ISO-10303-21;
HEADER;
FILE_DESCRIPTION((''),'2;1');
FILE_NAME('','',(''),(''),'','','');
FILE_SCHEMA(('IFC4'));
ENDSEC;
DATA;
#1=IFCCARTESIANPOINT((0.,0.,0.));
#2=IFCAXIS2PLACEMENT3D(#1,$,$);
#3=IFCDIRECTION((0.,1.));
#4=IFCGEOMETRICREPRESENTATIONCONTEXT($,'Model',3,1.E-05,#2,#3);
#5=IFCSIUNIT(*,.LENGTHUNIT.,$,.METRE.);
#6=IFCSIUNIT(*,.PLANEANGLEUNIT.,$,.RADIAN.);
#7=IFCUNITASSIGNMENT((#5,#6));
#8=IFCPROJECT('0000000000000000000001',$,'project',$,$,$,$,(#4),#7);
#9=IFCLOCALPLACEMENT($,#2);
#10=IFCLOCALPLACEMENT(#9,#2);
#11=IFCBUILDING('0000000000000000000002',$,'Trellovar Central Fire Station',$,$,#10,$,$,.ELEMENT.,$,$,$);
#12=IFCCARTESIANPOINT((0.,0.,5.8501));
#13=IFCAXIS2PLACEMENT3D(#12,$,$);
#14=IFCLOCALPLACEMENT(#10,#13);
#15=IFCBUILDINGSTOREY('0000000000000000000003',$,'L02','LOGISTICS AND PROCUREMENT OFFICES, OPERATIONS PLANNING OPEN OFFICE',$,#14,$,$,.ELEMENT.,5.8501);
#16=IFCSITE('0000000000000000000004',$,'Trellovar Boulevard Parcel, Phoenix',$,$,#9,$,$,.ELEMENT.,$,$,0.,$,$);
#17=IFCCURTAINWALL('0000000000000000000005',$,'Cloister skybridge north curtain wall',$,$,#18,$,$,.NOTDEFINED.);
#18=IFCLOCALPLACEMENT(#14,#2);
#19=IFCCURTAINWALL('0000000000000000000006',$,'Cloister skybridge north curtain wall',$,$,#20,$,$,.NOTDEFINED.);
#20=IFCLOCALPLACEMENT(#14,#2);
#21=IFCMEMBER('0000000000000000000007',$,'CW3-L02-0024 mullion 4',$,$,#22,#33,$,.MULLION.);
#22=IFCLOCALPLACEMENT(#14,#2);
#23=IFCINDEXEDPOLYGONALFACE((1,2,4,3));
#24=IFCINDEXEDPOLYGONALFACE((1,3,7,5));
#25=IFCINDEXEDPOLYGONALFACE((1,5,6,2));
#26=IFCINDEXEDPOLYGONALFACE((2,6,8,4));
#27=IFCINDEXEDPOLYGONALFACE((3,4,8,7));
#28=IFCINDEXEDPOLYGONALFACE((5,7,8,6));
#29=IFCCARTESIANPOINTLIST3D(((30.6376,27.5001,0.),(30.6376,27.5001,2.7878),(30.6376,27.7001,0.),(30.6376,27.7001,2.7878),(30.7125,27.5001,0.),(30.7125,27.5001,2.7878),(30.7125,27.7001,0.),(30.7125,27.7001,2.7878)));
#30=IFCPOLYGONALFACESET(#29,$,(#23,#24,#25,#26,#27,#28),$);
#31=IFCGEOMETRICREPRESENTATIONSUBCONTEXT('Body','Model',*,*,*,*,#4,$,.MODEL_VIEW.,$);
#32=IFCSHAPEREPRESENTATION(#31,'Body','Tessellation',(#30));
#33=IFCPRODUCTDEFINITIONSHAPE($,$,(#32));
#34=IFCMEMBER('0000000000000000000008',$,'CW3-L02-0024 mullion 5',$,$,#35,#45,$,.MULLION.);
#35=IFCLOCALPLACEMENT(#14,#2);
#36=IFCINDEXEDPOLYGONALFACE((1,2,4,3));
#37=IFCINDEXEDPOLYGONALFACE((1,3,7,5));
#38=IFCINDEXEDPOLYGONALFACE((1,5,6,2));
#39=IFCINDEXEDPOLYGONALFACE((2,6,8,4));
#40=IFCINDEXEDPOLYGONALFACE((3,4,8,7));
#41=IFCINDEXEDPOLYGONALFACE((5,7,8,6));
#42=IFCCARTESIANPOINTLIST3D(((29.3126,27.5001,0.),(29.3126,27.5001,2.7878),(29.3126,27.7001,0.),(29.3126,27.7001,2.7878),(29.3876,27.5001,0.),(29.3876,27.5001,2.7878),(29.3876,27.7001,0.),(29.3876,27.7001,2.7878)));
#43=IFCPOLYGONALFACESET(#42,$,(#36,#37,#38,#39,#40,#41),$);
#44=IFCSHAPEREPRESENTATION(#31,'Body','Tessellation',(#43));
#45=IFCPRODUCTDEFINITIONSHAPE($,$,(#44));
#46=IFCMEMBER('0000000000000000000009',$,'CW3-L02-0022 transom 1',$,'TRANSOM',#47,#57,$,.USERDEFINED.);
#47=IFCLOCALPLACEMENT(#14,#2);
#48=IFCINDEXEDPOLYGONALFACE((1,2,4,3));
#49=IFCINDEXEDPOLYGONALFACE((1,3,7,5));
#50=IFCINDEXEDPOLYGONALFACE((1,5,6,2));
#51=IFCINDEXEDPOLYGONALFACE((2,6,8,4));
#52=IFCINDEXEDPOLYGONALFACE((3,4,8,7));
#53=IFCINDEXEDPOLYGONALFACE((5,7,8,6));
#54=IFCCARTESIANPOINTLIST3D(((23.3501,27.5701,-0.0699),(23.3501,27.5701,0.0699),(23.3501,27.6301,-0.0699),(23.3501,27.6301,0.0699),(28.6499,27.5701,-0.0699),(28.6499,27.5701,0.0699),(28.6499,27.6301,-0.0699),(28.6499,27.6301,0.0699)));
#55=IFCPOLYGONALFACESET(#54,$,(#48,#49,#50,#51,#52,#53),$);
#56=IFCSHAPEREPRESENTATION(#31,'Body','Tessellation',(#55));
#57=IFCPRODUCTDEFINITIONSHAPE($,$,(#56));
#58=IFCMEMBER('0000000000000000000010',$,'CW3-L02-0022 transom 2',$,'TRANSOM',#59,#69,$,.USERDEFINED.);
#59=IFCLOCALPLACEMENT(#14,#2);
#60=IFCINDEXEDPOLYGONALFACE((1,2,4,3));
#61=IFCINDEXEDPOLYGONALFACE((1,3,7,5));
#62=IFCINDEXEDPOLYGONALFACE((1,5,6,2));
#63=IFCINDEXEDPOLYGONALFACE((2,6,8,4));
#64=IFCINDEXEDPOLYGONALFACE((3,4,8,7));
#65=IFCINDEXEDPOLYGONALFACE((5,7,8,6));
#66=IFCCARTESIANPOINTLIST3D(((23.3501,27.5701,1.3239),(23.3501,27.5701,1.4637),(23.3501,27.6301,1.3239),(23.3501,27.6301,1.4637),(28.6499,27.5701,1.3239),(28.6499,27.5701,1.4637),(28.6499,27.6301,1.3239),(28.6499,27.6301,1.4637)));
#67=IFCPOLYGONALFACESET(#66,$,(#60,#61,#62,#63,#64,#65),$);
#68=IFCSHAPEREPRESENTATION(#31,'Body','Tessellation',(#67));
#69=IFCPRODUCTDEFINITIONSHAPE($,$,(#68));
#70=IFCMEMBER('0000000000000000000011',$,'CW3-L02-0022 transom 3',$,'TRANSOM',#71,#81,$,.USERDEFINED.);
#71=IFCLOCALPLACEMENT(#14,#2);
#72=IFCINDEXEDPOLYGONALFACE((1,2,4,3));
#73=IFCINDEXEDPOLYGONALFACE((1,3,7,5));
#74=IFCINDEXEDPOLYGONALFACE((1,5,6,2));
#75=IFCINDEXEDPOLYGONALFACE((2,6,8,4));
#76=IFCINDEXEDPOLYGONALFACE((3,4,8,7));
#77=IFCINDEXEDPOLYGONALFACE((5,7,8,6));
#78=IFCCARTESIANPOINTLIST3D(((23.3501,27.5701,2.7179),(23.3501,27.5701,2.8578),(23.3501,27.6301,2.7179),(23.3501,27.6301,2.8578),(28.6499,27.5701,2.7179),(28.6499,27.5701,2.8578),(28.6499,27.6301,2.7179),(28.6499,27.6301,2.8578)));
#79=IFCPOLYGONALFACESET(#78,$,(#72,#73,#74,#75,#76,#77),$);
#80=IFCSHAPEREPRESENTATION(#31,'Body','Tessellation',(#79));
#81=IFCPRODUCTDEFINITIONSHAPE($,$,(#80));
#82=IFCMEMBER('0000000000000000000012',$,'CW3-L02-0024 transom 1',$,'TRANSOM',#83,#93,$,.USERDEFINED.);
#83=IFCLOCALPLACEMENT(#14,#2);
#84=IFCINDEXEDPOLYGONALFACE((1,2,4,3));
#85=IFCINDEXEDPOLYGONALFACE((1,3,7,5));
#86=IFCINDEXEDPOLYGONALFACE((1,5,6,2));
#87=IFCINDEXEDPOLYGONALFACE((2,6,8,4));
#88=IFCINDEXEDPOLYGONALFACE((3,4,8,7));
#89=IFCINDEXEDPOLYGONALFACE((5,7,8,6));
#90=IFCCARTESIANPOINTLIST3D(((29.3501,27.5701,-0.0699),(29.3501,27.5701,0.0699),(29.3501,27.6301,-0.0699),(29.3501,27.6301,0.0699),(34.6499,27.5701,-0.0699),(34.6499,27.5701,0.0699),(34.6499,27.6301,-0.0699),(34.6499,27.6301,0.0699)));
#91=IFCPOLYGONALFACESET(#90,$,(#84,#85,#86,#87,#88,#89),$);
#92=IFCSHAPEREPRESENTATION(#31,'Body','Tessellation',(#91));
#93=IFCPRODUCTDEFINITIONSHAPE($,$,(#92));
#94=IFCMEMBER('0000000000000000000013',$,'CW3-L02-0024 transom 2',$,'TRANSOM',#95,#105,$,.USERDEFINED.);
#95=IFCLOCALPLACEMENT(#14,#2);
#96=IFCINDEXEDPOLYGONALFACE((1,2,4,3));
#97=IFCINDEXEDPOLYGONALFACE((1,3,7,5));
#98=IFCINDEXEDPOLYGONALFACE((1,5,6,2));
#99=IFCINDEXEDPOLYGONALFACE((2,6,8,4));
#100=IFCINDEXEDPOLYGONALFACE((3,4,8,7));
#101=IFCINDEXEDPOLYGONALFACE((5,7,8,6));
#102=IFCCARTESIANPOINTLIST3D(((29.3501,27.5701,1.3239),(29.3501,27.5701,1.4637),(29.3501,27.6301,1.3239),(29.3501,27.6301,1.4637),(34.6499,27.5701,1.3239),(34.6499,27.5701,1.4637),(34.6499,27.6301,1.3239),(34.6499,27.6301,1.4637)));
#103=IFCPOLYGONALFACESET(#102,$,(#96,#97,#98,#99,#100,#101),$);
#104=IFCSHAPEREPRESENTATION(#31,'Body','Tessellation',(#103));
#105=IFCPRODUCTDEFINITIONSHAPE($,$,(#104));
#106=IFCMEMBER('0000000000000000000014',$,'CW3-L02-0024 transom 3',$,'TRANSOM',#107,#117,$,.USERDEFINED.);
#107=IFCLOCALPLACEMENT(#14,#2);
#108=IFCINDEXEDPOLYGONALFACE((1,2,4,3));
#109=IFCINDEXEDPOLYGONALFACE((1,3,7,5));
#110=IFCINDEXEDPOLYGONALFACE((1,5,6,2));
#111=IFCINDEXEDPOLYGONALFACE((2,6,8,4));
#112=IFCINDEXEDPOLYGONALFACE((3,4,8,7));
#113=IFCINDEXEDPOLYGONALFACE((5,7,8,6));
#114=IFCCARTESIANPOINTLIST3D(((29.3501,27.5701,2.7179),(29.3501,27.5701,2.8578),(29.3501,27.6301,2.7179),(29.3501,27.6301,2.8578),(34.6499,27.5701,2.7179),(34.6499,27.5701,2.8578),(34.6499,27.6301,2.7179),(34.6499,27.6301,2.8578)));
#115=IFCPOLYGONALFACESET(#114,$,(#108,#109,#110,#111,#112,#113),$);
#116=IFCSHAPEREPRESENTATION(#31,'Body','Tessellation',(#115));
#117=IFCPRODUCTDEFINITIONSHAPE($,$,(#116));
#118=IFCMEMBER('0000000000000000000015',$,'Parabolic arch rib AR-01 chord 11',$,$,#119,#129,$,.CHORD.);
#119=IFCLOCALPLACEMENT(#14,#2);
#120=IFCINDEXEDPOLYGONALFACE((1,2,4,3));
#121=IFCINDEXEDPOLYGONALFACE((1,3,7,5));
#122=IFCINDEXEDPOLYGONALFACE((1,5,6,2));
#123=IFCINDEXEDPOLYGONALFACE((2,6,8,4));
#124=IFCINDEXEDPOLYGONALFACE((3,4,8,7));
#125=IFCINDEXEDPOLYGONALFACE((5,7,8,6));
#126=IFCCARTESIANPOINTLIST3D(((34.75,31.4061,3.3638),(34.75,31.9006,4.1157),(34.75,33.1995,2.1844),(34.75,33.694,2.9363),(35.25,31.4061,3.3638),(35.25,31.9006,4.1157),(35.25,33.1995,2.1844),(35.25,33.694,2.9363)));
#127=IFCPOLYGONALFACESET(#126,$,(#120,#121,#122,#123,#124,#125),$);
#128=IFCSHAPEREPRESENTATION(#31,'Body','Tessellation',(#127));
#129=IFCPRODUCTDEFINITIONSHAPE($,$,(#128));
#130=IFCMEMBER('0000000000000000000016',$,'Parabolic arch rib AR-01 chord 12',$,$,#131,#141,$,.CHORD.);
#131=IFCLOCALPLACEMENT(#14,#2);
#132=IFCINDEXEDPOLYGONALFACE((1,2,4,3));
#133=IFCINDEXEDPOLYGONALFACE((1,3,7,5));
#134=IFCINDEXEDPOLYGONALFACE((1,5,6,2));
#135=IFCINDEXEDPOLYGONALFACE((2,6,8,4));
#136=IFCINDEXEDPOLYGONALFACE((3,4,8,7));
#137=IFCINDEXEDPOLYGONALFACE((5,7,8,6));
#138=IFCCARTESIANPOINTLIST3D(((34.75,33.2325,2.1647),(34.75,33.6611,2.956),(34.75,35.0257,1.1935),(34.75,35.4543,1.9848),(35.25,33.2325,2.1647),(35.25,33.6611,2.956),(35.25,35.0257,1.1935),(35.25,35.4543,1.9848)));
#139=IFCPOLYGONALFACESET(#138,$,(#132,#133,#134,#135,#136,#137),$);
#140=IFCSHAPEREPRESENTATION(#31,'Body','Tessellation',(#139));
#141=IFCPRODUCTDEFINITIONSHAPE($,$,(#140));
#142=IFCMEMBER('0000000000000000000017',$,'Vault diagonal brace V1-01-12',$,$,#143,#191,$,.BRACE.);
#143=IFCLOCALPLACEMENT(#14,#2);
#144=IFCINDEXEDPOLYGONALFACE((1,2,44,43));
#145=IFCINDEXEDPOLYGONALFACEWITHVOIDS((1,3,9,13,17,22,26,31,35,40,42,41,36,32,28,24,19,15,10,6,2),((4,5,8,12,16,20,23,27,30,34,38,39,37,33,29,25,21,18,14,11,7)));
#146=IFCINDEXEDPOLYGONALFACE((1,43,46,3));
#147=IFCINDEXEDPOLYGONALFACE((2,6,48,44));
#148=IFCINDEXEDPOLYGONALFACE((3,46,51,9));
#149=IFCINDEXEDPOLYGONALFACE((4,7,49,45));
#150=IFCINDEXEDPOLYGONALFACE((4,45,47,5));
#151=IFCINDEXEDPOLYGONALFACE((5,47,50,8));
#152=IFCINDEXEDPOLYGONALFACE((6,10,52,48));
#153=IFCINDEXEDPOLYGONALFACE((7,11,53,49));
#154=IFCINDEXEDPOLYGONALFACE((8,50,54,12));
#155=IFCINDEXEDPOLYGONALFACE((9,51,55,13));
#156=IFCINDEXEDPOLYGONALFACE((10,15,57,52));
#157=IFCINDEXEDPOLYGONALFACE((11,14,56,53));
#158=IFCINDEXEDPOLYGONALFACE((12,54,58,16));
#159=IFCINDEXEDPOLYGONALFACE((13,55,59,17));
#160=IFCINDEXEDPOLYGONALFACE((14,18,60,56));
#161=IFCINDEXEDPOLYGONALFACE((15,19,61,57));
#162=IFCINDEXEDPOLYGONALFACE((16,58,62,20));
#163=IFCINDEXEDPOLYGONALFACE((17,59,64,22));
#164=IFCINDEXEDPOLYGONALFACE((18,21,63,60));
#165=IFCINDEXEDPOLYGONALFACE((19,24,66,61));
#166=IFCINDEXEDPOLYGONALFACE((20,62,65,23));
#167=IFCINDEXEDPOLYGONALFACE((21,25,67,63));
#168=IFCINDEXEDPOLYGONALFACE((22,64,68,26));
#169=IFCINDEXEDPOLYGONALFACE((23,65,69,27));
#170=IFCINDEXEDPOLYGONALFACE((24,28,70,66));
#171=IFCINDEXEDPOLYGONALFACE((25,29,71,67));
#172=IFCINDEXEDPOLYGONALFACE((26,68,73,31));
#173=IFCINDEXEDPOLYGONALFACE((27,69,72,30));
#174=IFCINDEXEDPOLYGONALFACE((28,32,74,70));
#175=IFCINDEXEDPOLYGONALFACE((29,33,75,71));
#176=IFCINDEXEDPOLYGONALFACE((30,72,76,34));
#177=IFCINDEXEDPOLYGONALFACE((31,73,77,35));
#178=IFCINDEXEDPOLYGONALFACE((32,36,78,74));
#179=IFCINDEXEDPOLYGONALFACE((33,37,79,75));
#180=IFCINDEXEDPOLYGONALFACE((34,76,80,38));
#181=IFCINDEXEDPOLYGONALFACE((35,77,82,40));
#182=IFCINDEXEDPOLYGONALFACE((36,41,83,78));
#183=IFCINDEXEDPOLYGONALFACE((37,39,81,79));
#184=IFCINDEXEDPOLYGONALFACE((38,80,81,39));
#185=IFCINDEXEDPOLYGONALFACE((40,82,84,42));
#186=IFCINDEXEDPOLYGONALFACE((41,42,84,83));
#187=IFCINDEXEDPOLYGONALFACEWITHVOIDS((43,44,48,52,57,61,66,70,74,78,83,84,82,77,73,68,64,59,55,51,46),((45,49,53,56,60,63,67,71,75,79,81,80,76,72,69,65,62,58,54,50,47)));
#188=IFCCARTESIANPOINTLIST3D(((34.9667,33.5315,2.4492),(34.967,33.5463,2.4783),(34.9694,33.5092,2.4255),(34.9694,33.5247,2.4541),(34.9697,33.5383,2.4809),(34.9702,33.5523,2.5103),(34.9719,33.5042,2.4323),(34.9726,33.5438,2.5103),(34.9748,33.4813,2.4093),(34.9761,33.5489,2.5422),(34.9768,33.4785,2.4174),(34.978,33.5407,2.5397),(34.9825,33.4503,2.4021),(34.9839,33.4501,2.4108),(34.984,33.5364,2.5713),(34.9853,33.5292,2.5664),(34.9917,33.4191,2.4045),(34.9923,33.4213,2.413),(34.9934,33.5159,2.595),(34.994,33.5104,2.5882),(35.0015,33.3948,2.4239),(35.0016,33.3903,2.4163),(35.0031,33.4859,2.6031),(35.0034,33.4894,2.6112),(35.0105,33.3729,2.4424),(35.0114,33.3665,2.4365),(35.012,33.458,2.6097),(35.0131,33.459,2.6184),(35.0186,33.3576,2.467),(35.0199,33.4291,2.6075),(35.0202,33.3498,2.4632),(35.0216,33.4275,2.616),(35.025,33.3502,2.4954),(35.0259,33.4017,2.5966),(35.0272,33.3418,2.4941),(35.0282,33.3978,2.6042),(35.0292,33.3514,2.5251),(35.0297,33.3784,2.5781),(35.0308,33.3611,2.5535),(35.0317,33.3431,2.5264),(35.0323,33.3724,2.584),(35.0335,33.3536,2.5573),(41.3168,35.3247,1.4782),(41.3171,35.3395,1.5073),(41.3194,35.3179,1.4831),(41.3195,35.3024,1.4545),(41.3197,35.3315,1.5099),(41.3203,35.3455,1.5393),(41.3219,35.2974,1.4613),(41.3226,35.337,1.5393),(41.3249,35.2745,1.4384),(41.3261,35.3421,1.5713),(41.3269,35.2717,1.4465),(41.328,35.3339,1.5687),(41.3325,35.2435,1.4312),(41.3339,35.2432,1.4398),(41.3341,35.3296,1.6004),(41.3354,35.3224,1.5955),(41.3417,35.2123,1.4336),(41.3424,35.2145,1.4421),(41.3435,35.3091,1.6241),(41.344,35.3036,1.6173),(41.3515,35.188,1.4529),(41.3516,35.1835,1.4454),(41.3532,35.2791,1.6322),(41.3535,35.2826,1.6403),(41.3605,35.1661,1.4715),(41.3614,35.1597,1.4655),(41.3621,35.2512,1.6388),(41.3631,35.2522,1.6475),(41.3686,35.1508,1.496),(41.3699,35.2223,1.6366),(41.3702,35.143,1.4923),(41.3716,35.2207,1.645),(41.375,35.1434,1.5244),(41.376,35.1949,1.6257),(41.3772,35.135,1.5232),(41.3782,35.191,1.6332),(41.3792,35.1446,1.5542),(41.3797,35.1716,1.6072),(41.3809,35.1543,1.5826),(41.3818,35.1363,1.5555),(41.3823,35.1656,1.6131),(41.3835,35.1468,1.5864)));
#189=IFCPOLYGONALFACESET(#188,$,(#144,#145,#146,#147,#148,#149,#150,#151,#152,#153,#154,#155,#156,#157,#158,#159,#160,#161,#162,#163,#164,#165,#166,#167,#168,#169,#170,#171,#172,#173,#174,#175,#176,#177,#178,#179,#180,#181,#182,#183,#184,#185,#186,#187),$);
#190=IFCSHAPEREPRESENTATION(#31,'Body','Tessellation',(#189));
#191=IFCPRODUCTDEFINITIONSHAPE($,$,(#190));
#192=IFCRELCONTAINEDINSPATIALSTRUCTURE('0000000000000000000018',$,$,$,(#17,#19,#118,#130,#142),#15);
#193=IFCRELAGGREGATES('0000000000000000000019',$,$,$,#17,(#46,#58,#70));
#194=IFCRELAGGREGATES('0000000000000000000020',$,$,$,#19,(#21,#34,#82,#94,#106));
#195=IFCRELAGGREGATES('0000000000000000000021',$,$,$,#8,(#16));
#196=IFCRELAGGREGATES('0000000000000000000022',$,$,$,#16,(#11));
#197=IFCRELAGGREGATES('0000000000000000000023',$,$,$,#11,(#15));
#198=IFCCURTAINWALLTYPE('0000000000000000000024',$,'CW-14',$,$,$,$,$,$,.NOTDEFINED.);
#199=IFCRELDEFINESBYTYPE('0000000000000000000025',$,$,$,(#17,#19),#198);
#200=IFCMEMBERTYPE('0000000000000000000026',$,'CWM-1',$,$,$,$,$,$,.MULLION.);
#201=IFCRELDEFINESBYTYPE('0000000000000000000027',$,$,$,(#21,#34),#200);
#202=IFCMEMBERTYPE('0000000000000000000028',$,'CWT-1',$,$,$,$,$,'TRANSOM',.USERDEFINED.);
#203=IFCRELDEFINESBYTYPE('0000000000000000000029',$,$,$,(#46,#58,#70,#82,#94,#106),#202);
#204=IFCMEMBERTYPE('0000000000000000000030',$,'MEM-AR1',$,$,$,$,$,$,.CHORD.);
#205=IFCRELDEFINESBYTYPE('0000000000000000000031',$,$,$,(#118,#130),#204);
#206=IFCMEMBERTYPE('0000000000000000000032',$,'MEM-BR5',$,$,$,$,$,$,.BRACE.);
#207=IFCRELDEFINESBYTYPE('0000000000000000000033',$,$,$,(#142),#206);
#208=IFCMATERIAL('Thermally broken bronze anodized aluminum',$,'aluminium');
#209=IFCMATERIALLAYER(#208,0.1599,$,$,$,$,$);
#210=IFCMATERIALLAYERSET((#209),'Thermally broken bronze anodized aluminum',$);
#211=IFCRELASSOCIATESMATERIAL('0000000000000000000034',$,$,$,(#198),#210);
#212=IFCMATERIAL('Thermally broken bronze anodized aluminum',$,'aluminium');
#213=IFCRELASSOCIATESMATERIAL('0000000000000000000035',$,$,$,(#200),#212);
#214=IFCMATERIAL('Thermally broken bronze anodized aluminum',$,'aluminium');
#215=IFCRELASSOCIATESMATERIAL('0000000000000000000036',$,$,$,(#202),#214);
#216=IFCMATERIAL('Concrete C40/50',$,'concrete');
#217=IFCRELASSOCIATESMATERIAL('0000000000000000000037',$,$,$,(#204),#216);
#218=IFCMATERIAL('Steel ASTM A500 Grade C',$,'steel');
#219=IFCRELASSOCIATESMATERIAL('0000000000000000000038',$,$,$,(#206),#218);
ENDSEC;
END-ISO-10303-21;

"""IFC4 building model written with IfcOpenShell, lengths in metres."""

from ifc_helpers import new_model, si_unit, direction, frame, origin, origin_2d, place, context, subcontext, project, spatial, rectangle, hollow_circle, extrude, material, layer, layer_set, material_profile, profile_set, type_object, element, aggregate, save


model = new_model("IFC4")

# Units and contexts
model_context = context("Model", 3, precision=1e-05, world=origin(), true_north=direction((0.0, 1.0)))
body_context = subcontext(model_context, "Body", "Model", "MODEL_VIEW")
ifc_project = project(units=[si_unit("LENGTHUNIT", "METRE"), si_unit("PLANEANGLEUNIT", "RADIAN")], contexts=[model_context])

# Site, building, storey
site_placement = place(None, origin())
site = spatial("IfcSite", under=ifc_project, at=site_placement, Name="Trellovar Boulevard Parcel, Phoenix", CompositionType="ELEMENT", RefElevation=0.0)
building_placement = place(site_placement, origin())
building = spatial("IfcBuilding", under=site, at=building_placement, Name="Trellovar Central Fire Station", CompositionType="ELEMENT")
storey_placement = place(building_placement, frame((0.0, 0.0, 5.8501)))
storey = spatial("IfcBuildingStorey", under=building, at=storey_placement, Name="L02", Description="LOGISTICS AND PROCUREMENT OFFICES, OPERATIONS PLANNING OPEN OFFICE", CompositionType="ELEMENT", Elevation=5.8501)

# Curtain walls, members
ifc_material_1 = material(Name="Thermally broken bronze anodized aluminum", Category="aluminium")
ifc_layer_1 = layer(ifc_material_1, 0.1599)
ifc_layer_set_1 = layer_set([ifc_layer_1], Name="Thermally broken bronze anodized aluminum")
curtain_wall_type = type_object("IfcCurtainWallType", Name="CW-14", PredefinedType="NOTDEFINED", material=ifc_layer_set_1)
curtain_wall_1_placement = place(storey_placement, origin())
curtain_wall_1 = element("IfcCurtainWall", 1, at=curtain_wall_1_placement, inside=storey, type_object=curtain_wall_type, Name="Cloister skybridge north curtain wall", PredefinedType="NOTDEFINED")
ifc_material_2 = material(Name="Thermally broken bronze anodized aluminum", Category="aluminium")
ifc_material_profile_1 = material_profile(ifc_material_2, rectangle(XDim=0.075, YDim=0.2, at=origin_2d()), Name="ALU75X200")
ifc_profile_set_1 = profile_set([ifc_material_profile_1], Name="Thermally broken bronze anodized aluminum")
member_type_1 = type_object("IfcMemberType", Name="CWM-1", PredefinedType="MULLION", material=ifc_profile_set_1)
curtain_wall_2_placement = place(storey_placement, origin())
curtain_wall_2 = element("IfcCurtainWall", 2, at=curtain_wall_2_placement, inside=storey, type_object=curtain_wall_type, Name="Cloister skybridge north curtain wall", PredefinedType="NOTDEFINED")
member_1_placement = place(storey_placement, frame((30.675, 27.6001, 0.0), z_axis=(0.0, 0.0, 1.0), x_axis=(1.0, 0.0, 0.0)))
member_1 = element("IfcMember", 3, at=member_1_placement, type_object=member_type_1, Name="CW3-L02-0024 mullion 4", PredefinedType="MULLION", context=body_context, shape_type="SweptSolid", body=[
    extrude(rectangle(XDim=0.075, YDim=0.2, at=origin_2d()), origin(), (0.0, 0.0, 1.0), 2.7878),
])
member_2_placement = place(storey_placement, frame((29.3501, 27.6001, 0.0), z_axis=(0.0, 0.0, 1.0), x_axis=(1.0, 0.0, 0.0)))
member_2 = element("IfcMember", 4, at=member_2_placement, type_object=member_type_1, Name="CW3-L02-0024 mullion 5", PredefinedType="MULLION", context=body_context, shape_type="SweptSolid", body=[
    extrude(rectangle(XDim=0.075, YDim=0.2, at=origin_2d()), origin(), (0.0, 0.0, 1.0), 2.7878),
])

# Members
ifc_material_3 = material(Name="Thermally broken bronze anodized aluminum", Category="aluminium")
ifc_material_profile_2 = material_profile(ifc_material_3, rectangle(XDim=0.0601, YDim=0.1399, at=origin_2d()), Name="ALU60X140")
ifc_profile_set_2 = profile_set([ifc_material_profile_2], Name="Thermally broken bronze anodized aluminum")
member_type_2 = type_object("IfcMemberType", Name="CWT-1", ElementType="TRANSOM", PredefinedType="USERDEFINED", material=ifc_profile_set_2)
member_3_placement = place(storey_placement, frame((28.6499, 27.6001, 0.0), z_axis=(-1.0, 0.0, 0.0), x_axis=(0.0, -1.0, 0.0)))
member_3 = element("IfcMember", 5, at=member_3_placement, type_object=member_type_2, Name="CW3-L02-0022 transom 1", ObjectType="TRANSOM", PredefinedType="USERDEFINED", context=body_context, shape_type="SweptSolid", body=[
    extrude(rectangle(XDim=0.0601, YDim=0.1399, at=origin_2d()), origin(), (0.0, 0.0, 1.0), 5.2998),
])
member_4_placement = place(storey_placement, frame((28.6499, 27.6001, 1.3938), z_axis=(-1.0, 0.0, 0.0), x_axis=(0.0, -1.0, 0.0)))
member_4 = element("IfcMember", 6, at=member_4_placement, type_object=member_type_2, Name="CW3-L02-0022 transom 2", ObjectType="TRANSOM", PredefinedType="USERDEFINED", context=body_context, shape_type="SweptSolid", body=[
    extrude(rectangle(XDim=0.0601, YDim=0.1399, at=origin_2d()), origin(), (0.0, 0.0, 1.0), 5.2998),
])
member_5_placement = place(storey_placement, frame((28.6499, 27.6001, 2.7878), z_axis=(-1.0, 0.0, 0.0), x_axis=(0.0, -1.0, 0.0)))
member_5 = element("IfcMember", 7, at=member_5_placement, type_object=member_type_2, Name="CW3-L02-0022 transom 3", ObjectType="TRANSOM", PredefinedType="USERDEFINED", context=body_context, shape_type="SweptSolid", body=[
    extrude(rectangle(XDim=0.0601, YDim=0.1399, at=origin_2d()), origin(), (0.0, 0.0, 1.0), 5.2998),
])
member_6_placement = place(storey_placement, frame((34.6499, 27.6001, 0.0), z_axis=(-1.0, 0.0, 0.0), x_axis=(0.0, -1.0, 0.0)))
member_6 = element("IfcMember", 8, at=member_6_placement, type_object=member_type_2, Name="CW3-L02-0024 transom 1", ObjectType="TRANSOM", PredefinedType="USERDEFINED", context=body_context, shape_type="SweptSolid", body=[
    extrude(rectangle(XDim=0.0601, YDim=0.1399, at=origin_2d()), origin(), (0.0, 0.0, 1.0), 5.2998),
])
member_7_placement = place(storey_placement, frame((34.6499, 27.6001, 1.3938), z_axis=(-1.0, 0.0, 0.0), x_axis=(0.0, -1.0, 0.0)))
member_7 = element("IfcMember", 9, at=member_7_placement, type_object=member_type_2, Name="CW3-L02-0024 transom 2", ObjectType="TRANSOM", PredefinedType="USERDEFINED", context=body_context, shape_type="SweptSolid", body=[
    extrude(rectangle(XDim=0.0601, YDim=0.1399, at=origin_2d()), origin(), (0.0, 0.0, 1.0), 5.2998),
])
member_8_placement = place(storey_placement, frame((34.6499, 27.6001, 2.7878), z_axis=(-1.0, 0.0, 0.0), x_axis=(0.0, -1.0, 0.0)))
member_8 = element("IfcMember", 10, at=member_8_placement, type_object=member_type_2, Name="CW3-L02-0024 transom 3", ObjectType="TRANSOM", PredefinedType="USERDEFINED", context=body_context, shape_type="SweptSolid", body=[
    extrude(rectangle(XDim=0.0601, YDim=0.1399, at=origin_2d()), origin(), (0.0, 0.0, 1.0), 5.2998),
])

# Members
ifc_material_4 = material(Name="Concrete C40/50", Category="concrete")
ifc_material_profile_3 = material_profile(ifc_material_4, rectangle(XDim=0.5, YDim=0.8999, at=origin_2d()), Name="RC500X900")
ifc_profile_set_3 = profile_set([ifc_material_profile_3], Name="Concrete C40/50")
member_type_3 = type_object("IfcMemberType", Name="MEM-AR1", PredefinedType="CHORD", material=ifc_profile_set_3)
member_9_placement = place(storey_placement, frame((35.0, 31.6533, 3.7397), z_axis=(0.0, 0.835516, -0.549466), x_axis=(-1.0, 0.0, 0.0)))
element("IfcMember", 11, at=member_9_placement, inside=storey, type_object=member_type_3, Name="Parabolic arch rib AR-01 chord 11", PredefinedType="CHORD", context=body_context, shape_type="SweptSolid", body=[
    extrude(rectangle(XDim=0.5, YDim=0.8999, at=origin_2d()), origin(), (0.0, 0.0, 1.0), 2.1465),
])
member_10_placement = place(storey_placement, frame((35.0, 33.4468, 2.5603), z_axis=(0.0, 0.879319, -0.476233), x_axis=(-1.0, 0.0, 0.0)))
element("IfcMember", 12, at=member_10_placement, inside=storey, type_object=member_type_3, Name="Parabolic arch rib AR-01 chord 12", PredefinedType="CHORD", context=body_context, shape_type="SweptSolid", body=[
    extrude(rectangle(XDim=0.5, YDim=0.8999, at=origin_2d()), origin(), (0.0, 0.0, 1.0), 2.0393),
])
ifc_material_5 = material(Name="Steel ASTM A500 Grade C", Category="steel")
ifc_material_profile_4 = material_profile(ifc_material_5, hollow_circle(Radius=0.1096, WallThickness=0.0088, at=origin_2d()), Name="HSS8.625X0.375")
ifc_profile_set_4 = profile_set([ifc_material_profile_4], Name="Steel ASTM A500 Grade C")
member_type_4 = type_object("IfcMemberType", Name="MEM-BR5", PredefinedType="BRACE", material=ifc_profile_set_4)
member_11_placement = place(storey_placement, frame((35.0, 33.4468, 2.5103), z_axis=(0.952111, 0.268868, -0.14558), x_axis=(-0.271763, 0.962364, 0.0)))
element("IfcMember", 13, at=member_11_placement, inside=storey, type_object=member_type_4, Name="Vault diagonal brace V1-01-12", PredefinedType="BRACE", context=body_context, shape_type="SweptSolid", body=[
    extrude(hollow_circle(Radius=0.1096, WallThickness=0.0088, at=origin_2d()), origin(), (0.0, 0.0, 1.0), 6.6694),
])

aggregate(curtain_wall_1, [member_3, member_4, member_5])
aggregate(curtain_wall_2, [member_1, member_2, member_6, member_7, member_8])

save(model, "model.ifc")
